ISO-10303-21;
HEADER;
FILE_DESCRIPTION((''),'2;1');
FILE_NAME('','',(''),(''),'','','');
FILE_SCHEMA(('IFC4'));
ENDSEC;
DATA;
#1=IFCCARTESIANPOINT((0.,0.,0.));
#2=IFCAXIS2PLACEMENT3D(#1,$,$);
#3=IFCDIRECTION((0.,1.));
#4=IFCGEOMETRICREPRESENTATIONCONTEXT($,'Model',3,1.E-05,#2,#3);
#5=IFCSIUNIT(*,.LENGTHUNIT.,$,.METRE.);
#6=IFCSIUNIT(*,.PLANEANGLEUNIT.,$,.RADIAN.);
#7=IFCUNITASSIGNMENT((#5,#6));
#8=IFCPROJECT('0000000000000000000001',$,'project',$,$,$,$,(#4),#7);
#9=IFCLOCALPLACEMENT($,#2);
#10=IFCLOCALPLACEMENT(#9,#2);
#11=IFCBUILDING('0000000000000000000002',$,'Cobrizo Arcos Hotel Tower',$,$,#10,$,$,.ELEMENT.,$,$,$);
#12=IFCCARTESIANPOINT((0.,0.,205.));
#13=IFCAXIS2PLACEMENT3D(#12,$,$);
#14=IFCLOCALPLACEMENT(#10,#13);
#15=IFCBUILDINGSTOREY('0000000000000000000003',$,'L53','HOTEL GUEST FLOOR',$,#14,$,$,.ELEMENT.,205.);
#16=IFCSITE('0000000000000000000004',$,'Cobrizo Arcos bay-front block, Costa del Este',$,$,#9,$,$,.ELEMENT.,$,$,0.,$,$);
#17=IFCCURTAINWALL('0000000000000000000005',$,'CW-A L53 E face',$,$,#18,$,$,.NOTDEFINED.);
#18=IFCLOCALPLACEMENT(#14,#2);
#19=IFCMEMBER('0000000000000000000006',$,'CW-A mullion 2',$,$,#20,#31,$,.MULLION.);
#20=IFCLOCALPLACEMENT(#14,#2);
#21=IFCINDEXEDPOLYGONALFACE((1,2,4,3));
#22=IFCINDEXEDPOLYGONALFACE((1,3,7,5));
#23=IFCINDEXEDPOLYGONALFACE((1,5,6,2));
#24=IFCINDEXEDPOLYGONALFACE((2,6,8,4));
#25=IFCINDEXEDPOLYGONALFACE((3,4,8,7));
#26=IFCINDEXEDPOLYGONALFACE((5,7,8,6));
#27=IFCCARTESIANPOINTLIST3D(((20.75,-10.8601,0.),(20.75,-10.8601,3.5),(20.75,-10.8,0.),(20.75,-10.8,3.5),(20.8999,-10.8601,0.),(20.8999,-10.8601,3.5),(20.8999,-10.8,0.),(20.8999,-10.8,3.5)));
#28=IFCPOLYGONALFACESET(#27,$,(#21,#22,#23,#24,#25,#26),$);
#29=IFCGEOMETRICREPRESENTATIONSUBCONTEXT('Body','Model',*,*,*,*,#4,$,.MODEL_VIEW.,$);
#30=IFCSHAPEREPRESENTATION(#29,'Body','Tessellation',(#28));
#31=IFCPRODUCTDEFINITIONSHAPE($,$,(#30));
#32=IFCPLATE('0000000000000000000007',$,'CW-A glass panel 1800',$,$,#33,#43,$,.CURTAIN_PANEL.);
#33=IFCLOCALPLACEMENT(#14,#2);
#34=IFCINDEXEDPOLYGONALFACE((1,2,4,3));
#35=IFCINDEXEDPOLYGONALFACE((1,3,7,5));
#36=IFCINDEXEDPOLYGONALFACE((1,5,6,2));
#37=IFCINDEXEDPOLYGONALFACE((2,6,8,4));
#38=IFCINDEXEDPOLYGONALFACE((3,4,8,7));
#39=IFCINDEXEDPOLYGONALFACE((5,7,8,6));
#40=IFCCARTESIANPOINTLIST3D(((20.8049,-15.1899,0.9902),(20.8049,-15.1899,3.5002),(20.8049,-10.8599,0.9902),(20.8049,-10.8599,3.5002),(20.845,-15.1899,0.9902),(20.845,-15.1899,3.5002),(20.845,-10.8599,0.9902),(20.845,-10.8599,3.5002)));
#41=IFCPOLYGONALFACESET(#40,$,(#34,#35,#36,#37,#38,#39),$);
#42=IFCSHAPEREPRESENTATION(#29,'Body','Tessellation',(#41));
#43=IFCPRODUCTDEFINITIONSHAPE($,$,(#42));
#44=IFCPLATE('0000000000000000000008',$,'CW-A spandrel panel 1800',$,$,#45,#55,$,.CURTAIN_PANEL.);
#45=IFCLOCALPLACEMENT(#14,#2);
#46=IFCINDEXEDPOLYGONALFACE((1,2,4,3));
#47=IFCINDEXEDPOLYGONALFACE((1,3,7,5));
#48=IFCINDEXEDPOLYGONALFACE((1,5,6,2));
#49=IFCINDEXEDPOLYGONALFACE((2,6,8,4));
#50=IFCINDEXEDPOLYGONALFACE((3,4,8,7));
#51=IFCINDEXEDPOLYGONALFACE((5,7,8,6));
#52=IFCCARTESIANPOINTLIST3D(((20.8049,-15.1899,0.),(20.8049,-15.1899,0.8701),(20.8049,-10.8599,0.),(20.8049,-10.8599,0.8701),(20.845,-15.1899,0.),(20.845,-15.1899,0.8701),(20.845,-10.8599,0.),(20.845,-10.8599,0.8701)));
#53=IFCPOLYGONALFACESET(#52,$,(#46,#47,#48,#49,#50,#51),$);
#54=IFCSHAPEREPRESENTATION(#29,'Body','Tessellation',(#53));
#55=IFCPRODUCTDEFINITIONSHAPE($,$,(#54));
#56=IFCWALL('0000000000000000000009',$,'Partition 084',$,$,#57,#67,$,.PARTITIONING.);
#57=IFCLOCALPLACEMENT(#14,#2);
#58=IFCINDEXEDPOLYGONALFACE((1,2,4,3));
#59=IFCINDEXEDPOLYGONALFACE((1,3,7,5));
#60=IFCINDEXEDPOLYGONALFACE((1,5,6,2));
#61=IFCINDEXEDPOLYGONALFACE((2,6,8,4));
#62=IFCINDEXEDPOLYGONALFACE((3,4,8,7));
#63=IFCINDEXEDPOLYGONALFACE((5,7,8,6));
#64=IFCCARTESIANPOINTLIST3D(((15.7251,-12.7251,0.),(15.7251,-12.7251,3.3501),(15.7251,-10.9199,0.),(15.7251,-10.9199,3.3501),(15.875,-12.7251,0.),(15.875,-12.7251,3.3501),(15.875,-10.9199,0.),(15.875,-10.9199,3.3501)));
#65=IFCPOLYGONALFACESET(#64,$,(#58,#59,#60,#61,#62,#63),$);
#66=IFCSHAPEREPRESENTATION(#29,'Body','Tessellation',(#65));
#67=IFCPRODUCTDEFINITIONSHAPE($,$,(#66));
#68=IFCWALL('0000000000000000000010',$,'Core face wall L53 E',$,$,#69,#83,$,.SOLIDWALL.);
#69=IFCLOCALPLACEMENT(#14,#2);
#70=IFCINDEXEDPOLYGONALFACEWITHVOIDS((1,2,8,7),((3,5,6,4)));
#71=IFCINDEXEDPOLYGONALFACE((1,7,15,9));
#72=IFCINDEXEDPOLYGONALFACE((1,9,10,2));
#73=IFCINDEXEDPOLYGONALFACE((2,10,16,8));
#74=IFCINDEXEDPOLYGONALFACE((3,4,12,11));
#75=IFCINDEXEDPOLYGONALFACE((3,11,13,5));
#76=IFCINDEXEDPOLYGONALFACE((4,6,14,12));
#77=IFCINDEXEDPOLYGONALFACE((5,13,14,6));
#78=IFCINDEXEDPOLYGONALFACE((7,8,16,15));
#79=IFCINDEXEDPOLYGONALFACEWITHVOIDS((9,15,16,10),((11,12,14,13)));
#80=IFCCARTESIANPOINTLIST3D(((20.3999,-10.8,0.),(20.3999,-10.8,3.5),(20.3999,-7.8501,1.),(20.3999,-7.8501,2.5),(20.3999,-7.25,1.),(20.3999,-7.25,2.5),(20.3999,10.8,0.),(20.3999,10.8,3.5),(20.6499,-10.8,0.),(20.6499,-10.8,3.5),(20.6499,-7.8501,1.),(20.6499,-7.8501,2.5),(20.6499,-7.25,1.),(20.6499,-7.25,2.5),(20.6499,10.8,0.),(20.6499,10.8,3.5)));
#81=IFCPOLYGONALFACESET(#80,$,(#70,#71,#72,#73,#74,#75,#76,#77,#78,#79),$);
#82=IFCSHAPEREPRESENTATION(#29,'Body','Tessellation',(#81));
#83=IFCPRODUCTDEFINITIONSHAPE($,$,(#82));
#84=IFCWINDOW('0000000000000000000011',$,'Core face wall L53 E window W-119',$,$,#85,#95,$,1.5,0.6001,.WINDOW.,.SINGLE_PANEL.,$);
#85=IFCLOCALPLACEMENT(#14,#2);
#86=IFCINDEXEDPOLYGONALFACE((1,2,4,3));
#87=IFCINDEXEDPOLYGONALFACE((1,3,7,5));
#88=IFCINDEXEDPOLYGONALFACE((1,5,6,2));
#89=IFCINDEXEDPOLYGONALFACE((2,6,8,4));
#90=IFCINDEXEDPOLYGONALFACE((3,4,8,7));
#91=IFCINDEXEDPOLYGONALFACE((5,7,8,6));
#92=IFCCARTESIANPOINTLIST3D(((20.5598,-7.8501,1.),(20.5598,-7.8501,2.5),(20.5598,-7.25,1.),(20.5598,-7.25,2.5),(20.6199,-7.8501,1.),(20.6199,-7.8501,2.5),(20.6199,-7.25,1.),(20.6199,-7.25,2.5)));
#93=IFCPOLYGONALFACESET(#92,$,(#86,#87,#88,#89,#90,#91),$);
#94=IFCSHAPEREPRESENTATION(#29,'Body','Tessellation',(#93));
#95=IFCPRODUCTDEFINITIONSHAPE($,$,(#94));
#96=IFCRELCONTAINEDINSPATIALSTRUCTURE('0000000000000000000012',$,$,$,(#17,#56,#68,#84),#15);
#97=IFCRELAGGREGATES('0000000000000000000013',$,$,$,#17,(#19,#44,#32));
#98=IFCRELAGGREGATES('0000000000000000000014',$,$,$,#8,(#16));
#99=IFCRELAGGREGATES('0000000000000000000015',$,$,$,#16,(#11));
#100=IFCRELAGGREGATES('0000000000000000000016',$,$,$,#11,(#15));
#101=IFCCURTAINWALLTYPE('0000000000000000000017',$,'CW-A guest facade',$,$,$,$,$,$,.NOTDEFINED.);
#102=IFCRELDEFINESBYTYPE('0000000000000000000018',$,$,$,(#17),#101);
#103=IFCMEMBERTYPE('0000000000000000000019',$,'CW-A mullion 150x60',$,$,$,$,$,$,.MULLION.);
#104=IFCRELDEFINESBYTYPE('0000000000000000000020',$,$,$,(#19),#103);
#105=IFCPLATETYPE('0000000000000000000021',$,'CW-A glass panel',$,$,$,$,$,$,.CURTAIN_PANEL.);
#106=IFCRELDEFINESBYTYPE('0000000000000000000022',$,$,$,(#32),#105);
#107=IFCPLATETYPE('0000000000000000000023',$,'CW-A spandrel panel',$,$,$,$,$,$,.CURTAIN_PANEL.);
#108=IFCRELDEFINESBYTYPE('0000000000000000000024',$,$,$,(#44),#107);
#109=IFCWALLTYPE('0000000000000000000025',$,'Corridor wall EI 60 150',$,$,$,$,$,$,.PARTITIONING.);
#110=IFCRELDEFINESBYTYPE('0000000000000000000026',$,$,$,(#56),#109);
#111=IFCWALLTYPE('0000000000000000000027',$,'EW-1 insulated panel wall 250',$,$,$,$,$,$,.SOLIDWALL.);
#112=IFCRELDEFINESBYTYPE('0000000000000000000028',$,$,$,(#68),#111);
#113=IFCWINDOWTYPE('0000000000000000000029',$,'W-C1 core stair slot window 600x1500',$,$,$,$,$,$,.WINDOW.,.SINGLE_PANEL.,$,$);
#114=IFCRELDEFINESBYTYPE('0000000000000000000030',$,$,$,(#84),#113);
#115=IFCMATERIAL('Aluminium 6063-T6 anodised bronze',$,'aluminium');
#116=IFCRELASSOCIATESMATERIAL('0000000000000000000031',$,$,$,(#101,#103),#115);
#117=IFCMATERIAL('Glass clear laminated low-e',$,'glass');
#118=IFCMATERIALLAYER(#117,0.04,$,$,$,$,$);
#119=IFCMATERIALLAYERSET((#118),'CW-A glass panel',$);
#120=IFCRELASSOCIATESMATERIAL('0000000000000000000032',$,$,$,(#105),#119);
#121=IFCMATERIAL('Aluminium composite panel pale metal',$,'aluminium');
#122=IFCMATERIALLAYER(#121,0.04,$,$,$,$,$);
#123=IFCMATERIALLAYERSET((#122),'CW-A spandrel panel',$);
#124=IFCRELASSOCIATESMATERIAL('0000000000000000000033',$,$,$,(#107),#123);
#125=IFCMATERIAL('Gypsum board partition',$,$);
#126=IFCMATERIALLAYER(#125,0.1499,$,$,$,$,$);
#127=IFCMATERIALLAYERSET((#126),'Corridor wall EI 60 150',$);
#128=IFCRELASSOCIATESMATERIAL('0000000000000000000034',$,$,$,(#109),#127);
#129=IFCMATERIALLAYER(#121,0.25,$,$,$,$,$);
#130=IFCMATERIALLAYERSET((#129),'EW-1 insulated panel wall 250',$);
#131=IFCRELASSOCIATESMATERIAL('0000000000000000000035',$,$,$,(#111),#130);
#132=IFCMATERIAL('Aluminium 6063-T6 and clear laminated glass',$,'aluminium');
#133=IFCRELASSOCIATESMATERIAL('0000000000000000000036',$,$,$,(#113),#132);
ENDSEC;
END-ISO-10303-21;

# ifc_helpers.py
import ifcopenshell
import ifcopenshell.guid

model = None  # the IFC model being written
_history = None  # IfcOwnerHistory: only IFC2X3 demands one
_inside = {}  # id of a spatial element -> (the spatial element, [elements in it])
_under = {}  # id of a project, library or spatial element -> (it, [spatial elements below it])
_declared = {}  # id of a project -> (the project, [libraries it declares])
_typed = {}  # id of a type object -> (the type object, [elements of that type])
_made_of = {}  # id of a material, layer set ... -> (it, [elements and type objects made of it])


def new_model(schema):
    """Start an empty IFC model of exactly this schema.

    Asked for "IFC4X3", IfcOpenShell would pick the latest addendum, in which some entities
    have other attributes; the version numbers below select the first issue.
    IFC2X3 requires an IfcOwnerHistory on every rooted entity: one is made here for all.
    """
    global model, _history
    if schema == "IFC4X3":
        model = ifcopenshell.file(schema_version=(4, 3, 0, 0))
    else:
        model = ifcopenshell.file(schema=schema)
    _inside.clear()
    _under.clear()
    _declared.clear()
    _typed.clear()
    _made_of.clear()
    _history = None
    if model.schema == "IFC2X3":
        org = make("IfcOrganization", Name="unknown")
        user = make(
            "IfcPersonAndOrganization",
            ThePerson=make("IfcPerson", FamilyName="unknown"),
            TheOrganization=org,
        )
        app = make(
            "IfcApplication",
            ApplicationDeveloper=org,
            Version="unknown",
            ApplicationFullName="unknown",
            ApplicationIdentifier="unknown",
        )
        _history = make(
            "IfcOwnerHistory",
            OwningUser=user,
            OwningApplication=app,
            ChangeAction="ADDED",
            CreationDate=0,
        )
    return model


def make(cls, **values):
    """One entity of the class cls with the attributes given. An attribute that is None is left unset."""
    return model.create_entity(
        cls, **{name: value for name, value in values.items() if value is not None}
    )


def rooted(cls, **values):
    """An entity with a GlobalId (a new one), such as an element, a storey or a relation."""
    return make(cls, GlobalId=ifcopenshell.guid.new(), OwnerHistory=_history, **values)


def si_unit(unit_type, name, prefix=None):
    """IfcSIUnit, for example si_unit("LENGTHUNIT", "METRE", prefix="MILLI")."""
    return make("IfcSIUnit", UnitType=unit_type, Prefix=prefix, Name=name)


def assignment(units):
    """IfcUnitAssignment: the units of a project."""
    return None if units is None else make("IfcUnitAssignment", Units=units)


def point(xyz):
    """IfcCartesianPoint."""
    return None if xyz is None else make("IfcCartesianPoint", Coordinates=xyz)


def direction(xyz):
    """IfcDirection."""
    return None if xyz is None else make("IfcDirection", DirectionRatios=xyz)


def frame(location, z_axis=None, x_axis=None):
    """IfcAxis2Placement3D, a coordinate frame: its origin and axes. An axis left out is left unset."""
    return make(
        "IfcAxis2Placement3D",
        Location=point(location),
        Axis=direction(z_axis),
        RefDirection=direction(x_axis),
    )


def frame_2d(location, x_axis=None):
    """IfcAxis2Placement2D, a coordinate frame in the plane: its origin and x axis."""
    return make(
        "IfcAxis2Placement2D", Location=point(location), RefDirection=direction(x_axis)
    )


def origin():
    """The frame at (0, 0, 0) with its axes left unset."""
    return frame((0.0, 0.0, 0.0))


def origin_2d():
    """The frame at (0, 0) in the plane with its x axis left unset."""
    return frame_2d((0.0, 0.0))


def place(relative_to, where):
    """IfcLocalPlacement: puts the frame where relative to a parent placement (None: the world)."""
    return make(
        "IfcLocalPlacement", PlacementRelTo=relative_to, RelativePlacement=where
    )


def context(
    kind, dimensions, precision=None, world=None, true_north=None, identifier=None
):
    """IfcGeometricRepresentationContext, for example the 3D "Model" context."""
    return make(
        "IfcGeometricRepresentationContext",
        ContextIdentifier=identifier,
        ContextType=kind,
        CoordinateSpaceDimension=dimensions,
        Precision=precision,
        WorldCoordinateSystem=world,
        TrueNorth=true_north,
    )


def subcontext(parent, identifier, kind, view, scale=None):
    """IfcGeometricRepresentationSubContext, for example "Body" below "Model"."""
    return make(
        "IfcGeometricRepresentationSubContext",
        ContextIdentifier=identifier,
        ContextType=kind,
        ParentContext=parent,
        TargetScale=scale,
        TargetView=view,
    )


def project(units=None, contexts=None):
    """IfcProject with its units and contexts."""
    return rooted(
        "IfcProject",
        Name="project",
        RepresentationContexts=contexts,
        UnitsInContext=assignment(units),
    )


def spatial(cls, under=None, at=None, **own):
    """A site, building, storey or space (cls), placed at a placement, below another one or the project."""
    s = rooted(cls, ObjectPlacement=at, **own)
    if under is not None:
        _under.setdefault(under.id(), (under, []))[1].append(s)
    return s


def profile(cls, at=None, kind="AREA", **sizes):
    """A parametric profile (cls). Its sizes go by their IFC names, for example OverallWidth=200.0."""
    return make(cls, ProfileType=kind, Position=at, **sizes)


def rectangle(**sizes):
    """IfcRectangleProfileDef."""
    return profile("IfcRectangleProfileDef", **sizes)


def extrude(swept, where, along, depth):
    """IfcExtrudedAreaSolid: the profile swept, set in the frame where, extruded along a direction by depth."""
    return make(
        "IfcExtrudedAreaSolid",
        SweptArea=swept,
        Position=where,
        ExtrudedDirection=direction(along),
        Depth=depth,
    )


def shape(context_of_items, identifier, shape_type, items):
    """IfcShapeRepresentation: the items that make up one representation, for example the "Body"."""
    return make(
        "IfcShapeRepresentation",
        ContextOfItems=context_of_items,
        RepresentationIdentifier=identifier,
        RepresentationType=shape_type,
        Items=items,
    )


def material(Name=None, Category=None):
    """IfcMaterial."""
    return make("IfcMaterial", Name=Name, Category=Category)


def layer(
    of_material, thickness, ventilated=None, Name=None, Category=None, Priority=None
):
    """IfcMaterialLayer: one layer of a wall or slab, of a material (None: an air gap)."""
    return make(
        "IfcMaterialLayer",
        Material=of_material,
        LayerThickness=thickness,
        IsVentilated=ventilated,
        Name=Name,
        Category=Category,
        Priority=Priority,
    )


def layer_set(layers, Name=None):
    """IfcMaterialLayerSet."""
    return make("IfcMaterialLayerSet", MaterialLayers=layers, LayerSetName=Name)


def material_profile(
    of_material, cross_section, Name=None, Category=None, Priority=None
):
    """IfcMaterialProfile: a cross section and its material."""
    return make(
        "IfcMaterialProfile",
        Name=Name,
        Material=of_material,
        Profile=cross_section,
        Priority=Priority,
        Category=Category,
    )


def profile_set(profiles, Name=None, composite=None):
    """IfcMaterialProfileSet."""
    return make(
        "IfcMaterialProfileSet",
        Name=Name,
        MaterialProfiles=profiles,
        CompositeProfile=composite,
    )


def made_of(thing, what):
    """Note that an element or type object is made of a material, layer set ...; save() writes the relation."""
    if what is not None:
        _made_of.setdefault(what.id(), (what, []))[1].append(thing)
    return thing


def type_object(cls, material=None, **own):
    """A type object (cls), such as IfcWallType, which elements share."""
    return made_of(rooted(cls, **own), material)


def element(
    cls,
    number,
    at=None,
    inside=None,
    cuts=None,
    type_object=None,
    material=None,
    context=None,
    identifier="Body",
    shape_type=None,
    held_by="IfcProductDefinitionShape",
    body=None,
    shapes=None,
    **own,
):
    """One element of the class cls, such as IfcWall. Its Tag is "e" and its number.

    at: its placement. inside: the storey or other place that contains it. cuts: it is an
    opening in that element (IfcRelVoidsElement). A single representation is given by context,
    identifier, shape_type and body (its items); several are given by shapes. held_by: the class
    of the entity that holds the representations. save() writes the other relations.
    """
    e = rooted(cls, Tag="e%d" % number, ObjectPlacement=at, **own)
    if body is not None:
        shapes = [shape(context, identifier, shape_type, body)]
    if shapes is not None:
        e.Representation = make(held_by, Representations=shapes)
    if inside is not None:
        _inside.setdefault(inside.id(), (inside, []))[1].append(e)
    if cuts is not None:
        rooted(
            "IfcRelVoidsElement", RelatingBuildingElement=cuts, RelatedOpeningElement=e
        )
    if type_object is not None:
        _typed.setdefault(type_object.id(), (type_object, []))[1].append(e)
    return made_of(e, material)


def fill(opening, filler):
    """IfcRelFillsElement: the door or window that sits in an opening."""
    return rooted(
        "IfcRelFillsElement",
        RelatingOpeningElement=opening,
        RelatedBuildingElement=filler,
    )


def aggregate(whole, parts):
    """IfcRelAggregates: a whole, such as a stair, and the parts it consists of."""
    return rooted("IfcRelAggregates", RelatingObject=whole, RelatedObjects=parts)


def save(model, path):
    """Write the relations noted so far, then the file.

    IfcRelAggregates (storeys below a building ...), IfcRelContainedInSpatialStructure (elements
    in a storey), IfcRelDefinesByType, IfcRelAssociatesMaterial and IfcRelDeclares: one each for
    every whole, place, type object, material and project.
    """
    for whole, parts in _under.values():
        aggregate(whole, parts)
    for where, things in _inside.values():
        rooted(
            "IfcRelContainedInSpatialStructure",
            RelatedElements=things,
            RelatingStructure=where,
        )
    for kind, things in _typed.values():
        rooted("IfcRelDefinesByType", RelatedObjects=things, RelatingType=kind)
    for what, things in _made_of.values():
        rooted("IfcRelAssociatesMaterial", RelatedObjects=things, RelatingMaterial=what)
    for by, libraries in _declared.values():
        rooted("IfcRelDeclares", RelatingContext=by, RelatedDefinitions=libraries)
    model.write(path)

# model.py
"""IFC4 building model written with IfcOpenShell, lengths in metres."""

from ifc_helpers import new_model, si_unit, direction, frame, frame_2d, origin, origin_2d, place, context, subcontext, project, spatial, rectangle, extrude, material, layer, layer_set, material_profile, profile_set, type_object, element, fill, aggregate, save


model = new_model("IFC4")

# Units and contexts
model_context = context("Model", 3, precision=1e-05, world=origin(), true_north=direction((0.0, 1.0)))
body_context = subcontext(model_context, "Body", "Model", "MODEL_VIEW")
ifc_project = project(units=[si_unit("LENGTHUNIT", "METRE"), si_unit("PLANEANGLEUNIT", "RADIAN")], contexts=[model_context])

# Site, building, storey
site_placement = place(None, origin())
site = spatial("IfcSite", under=ifc_project, at=site_placement, Name="Cobrizo Arcos bay-front block, Costa del Este", CompositionType="ELEMENT", RefElevation=0.0)
building_placement = place(site_placement, origin())
building = spatial("IfcBuilding", under=site, at=building_placement, Name="Cobrizo Arcos Hotel Tower", CompositionType="ELEMENT")
storey_placement = place(building_placement, frame((0.0, 0.0, 205.0)))
storey = spatial("IfcBuildingStorey", under=building, at=storey_placement, Name="L53", Description="HOTEL GUEST FLOOR", CompositionType="ELEMENT", Elevation=205.0)

# Curtain wall, member, plates
ifc_material_1 = material(Name="Aluminium 6063-T6 anodised bronze", Category="aluminium")
curtain_wall_type = type_object("IfcCurtainWallType", Name="CW-A guest facade", PredefinedType="NOTDEFINED", material=ifc_material_1)
curtain_wall_placement = place(storey_placement, origin())
curtain_wall = element("IfcCurtainWall", 1, at=curtain_wall_placement, inside=storey, type_object=curtain_wall_type, Name="CW-A L53 E face", PredefinedType="NOTDEFINED")
ifc_material_profile = material_profile(ifc_material_1, rectangle(XDim=0.1499, YDim=0.0601, at=origin_2d()), Name="CW-A mullion 150x60")
ifc_profile_set = profile_set([ifc_material_profile], Name="Aluminium 6063-T6 anodised bronze")
member_type = type_object("IfcMemberType", Name="CW-A mullion 150x60", PredefinedType="MULLION", material=ifc_profile_set)
member_placement = place(storey_placement, frame((20.825, -10.8301, 0.0), z_axis=(0.0, 0.0, 1.0), x_axis=(1.0, 0.0, 0.0)))
member = element("IfcMember", 2, at=member_placement, type_object=member_type, Name="CW-A mullion 2", PredefinedType="MULLION", context=body_context, shape_type="SweptSolid", body=[
    extrude(rectangle(XDim=0.1499, YDim=0.0601, at=origin_2d()), origin(), (0.0, 0.0, 1.0), 3.5),
])
ifc_material_2 = material(Name="Glass clear laminated low-e", Category="glass")
ifc_layer_1 = layer(ifc_material_2, 0.04)
ifc_layer_set_1 = layer_set([ifc_layer_1], Name="CW-A glass panel")
plate_type_1 = type_object("IfcPlateType", Name="CW-A glass panel", PredefinedType="CURTAIN_PANEL", material=ifc_layer_set_1)
plate_1_placement = place(storey_placement, frame((20.825, -13.0249, 0.9902), z_axis=(0.0, 0.0, 1.0), x_axis=(0.0, 1.0, 0.0)))
plate_1 = element("IfcPlate", 3, at=plate_1_placement, type_object=plate_type_1, Name="CW-A glass panel 1800", PredefinedType="CURTAIN_PANEL", context=body_context, shape_type="SweptSolid", body=[
    extrude(rectangle(XDim=4.3301, YDim=0.04, at=origin_2d()), origin(), (0.0, 0.0, 1.0), 2.51),
])
ifc_material_3 = material(Name="Aluminium composite panel pale metal", Category="aluminium")
ifc_layer_2 = layer(ifc_material_3, 0.04)
ifc_layer_set_2 = layer_set([ifc_layer_2], Name="CW-A spandrel panel")
plate_type_2 = type_object("IfcPlateType", Name="CW-A spandrel panel", PredefinedType="CURTAIN_PANEL", material=ifc_layer_set_2)
plate_2_placement = place(storey_placement, frame((20.825, -13.0249, 0.0), z_axis=(0.0, 0.0, 1.0), x_axis=(0.0, 1.0, 0.0)))
plate_2 = element("IfcPlate", 4, at=plate_2_placement, type_object=plate_type_2, Name="CW-A spandrel panel 1800", PredefinedType="CURTAIN_PANEL", context=body_context, shape_type="SweptSolid", body=[
    extrude(rectangle(XDim=4.3301, YDim=0.04, at=origin_2d()), origin(), (0.0, 0.0, 1.0), 0.8701),
])
aggregate(curtain_wall, [member, plate_2, plate_1])

# Wall
ifc_material_4 = material(Name="Gypsum board partition")
ifc_layer_3 = layer(ifc_material_4, 0.1499)
ifc_layer_set_3 = layer_set([ifc_layer_3], Name="Corridor wall EI 60 150")
wall_type_1 = type_object("IfcWallType", Name="Corridor wall EI 60 150", PredefinedType="PARTITIONING", material=ifc_layer_set_3)
wall_1_placement = place(storey_placement, frame((15.8, -12.7251, 0.0), z_axis=(0.0, 0.0, 1.0), x_axis=(0.0, 1.0, 0.0)))
element("IfcWall", 5, at=wall_1_placement, inside=storey, type_object=wall_type_1, Name="Partition 084", PredefinedType="PARTITIONING", context=body_context, shape_type="SweptSolid", body=[
    extrude(rectangle(XDim=1.8052, YDim=0.1499, at=frame_2d((0.9026, 0.0))), origin(), (0.0, 0.0, 1.0), 3.3501),
])

# Wall, opening, window
ifc_layer_4 = layer(ifc_material_3, 0.25)
ifc_layer_set_4 = layer_set([ifc_layer_4], Name="EW-1 insulated panel wall 250")
wall_type_2 = type_object("IfcWallType", Name="EW-1 insulated panel wall 250", PredefinedType="SOLIDWALL", material=ifc_layer_set_4)
wall_2_placement = place(storey_placement, frame((20.5249, -10.8, 0.0), z_axis=(0.0, 0.0, 1.0), x_axis=(0.0, 1.0, 0.0)))
wall_2 = element("IfcWall", 6, at=wall_2_placement, inside=storey, type_object=wall_type_2, Name="Core face wall L53 E", PredefinedType="SOLIDWALL", context=body_context, shape_type="SweptSolid", body=[
    extrude(rectangle(XDim=21.6001, YDim=0.25, at=frame_2d((10.8, 0.0))), origin(), (0.0, 0.0, 1.0), 3.5),
])
opening_1_placement = place(wall_2_placement, frame((2.95, 0.0, 1.0)))
opening_1 = element("IfcOpeningElement", 7, at=opening_1_placement, cuts=wall_2, PredefinedType="OPENING", context=body_context, shape_type="SweptSolid", body=[
    extrude(rectangle(XDim=0.6001, YDim=1.5, at=frame_2d((0.3, 0.75))), frame((0.0, 0.137, 0.0), z_axis=(0.0, -1.0, 0.0), x_axis=(1.0, 0.0, 0.0)), (0.0, 0.0, 1.0), 0.2739),
])
ifc_material_5 = material(Name="Aluminium 6063-T6 and clear laminated glass", Category="aluminium")
window_type = type_object("IfcWindowType", Name="W-C1 core stair slot window 600x1500", PartitioningType="SINGLE_PANEL", PredefinedType="WINDOW", material=ifc_material_5)
window_placement = place(opening_1_placement, origin())
window = element("IfcWindow", 8, at=window_placement, inside=storey, type_object=window_type, Name="Core face wall L53 E window W-119", OverallHeight=1.5, OverallWidth=0.6001, PartitioningType="SINGLE_PANEL", PredefinedType="WINDOW", context=body_context, shape_type="SweptSolid", body=[
    extrude(rectangle(XDim=0.6001, YDim=1.5, at=frame_2d((0.3, 0.75))), frame((0.0, -0.0349, 0.0), z_axis=(0.0, -1.0, 0.0), x_axis=(1.0, 0.0, 0.0)), (0.0, 0.0, 1.0), 0.0601),
])
fill(opening_1, window)

save(model, "model.ifc")
